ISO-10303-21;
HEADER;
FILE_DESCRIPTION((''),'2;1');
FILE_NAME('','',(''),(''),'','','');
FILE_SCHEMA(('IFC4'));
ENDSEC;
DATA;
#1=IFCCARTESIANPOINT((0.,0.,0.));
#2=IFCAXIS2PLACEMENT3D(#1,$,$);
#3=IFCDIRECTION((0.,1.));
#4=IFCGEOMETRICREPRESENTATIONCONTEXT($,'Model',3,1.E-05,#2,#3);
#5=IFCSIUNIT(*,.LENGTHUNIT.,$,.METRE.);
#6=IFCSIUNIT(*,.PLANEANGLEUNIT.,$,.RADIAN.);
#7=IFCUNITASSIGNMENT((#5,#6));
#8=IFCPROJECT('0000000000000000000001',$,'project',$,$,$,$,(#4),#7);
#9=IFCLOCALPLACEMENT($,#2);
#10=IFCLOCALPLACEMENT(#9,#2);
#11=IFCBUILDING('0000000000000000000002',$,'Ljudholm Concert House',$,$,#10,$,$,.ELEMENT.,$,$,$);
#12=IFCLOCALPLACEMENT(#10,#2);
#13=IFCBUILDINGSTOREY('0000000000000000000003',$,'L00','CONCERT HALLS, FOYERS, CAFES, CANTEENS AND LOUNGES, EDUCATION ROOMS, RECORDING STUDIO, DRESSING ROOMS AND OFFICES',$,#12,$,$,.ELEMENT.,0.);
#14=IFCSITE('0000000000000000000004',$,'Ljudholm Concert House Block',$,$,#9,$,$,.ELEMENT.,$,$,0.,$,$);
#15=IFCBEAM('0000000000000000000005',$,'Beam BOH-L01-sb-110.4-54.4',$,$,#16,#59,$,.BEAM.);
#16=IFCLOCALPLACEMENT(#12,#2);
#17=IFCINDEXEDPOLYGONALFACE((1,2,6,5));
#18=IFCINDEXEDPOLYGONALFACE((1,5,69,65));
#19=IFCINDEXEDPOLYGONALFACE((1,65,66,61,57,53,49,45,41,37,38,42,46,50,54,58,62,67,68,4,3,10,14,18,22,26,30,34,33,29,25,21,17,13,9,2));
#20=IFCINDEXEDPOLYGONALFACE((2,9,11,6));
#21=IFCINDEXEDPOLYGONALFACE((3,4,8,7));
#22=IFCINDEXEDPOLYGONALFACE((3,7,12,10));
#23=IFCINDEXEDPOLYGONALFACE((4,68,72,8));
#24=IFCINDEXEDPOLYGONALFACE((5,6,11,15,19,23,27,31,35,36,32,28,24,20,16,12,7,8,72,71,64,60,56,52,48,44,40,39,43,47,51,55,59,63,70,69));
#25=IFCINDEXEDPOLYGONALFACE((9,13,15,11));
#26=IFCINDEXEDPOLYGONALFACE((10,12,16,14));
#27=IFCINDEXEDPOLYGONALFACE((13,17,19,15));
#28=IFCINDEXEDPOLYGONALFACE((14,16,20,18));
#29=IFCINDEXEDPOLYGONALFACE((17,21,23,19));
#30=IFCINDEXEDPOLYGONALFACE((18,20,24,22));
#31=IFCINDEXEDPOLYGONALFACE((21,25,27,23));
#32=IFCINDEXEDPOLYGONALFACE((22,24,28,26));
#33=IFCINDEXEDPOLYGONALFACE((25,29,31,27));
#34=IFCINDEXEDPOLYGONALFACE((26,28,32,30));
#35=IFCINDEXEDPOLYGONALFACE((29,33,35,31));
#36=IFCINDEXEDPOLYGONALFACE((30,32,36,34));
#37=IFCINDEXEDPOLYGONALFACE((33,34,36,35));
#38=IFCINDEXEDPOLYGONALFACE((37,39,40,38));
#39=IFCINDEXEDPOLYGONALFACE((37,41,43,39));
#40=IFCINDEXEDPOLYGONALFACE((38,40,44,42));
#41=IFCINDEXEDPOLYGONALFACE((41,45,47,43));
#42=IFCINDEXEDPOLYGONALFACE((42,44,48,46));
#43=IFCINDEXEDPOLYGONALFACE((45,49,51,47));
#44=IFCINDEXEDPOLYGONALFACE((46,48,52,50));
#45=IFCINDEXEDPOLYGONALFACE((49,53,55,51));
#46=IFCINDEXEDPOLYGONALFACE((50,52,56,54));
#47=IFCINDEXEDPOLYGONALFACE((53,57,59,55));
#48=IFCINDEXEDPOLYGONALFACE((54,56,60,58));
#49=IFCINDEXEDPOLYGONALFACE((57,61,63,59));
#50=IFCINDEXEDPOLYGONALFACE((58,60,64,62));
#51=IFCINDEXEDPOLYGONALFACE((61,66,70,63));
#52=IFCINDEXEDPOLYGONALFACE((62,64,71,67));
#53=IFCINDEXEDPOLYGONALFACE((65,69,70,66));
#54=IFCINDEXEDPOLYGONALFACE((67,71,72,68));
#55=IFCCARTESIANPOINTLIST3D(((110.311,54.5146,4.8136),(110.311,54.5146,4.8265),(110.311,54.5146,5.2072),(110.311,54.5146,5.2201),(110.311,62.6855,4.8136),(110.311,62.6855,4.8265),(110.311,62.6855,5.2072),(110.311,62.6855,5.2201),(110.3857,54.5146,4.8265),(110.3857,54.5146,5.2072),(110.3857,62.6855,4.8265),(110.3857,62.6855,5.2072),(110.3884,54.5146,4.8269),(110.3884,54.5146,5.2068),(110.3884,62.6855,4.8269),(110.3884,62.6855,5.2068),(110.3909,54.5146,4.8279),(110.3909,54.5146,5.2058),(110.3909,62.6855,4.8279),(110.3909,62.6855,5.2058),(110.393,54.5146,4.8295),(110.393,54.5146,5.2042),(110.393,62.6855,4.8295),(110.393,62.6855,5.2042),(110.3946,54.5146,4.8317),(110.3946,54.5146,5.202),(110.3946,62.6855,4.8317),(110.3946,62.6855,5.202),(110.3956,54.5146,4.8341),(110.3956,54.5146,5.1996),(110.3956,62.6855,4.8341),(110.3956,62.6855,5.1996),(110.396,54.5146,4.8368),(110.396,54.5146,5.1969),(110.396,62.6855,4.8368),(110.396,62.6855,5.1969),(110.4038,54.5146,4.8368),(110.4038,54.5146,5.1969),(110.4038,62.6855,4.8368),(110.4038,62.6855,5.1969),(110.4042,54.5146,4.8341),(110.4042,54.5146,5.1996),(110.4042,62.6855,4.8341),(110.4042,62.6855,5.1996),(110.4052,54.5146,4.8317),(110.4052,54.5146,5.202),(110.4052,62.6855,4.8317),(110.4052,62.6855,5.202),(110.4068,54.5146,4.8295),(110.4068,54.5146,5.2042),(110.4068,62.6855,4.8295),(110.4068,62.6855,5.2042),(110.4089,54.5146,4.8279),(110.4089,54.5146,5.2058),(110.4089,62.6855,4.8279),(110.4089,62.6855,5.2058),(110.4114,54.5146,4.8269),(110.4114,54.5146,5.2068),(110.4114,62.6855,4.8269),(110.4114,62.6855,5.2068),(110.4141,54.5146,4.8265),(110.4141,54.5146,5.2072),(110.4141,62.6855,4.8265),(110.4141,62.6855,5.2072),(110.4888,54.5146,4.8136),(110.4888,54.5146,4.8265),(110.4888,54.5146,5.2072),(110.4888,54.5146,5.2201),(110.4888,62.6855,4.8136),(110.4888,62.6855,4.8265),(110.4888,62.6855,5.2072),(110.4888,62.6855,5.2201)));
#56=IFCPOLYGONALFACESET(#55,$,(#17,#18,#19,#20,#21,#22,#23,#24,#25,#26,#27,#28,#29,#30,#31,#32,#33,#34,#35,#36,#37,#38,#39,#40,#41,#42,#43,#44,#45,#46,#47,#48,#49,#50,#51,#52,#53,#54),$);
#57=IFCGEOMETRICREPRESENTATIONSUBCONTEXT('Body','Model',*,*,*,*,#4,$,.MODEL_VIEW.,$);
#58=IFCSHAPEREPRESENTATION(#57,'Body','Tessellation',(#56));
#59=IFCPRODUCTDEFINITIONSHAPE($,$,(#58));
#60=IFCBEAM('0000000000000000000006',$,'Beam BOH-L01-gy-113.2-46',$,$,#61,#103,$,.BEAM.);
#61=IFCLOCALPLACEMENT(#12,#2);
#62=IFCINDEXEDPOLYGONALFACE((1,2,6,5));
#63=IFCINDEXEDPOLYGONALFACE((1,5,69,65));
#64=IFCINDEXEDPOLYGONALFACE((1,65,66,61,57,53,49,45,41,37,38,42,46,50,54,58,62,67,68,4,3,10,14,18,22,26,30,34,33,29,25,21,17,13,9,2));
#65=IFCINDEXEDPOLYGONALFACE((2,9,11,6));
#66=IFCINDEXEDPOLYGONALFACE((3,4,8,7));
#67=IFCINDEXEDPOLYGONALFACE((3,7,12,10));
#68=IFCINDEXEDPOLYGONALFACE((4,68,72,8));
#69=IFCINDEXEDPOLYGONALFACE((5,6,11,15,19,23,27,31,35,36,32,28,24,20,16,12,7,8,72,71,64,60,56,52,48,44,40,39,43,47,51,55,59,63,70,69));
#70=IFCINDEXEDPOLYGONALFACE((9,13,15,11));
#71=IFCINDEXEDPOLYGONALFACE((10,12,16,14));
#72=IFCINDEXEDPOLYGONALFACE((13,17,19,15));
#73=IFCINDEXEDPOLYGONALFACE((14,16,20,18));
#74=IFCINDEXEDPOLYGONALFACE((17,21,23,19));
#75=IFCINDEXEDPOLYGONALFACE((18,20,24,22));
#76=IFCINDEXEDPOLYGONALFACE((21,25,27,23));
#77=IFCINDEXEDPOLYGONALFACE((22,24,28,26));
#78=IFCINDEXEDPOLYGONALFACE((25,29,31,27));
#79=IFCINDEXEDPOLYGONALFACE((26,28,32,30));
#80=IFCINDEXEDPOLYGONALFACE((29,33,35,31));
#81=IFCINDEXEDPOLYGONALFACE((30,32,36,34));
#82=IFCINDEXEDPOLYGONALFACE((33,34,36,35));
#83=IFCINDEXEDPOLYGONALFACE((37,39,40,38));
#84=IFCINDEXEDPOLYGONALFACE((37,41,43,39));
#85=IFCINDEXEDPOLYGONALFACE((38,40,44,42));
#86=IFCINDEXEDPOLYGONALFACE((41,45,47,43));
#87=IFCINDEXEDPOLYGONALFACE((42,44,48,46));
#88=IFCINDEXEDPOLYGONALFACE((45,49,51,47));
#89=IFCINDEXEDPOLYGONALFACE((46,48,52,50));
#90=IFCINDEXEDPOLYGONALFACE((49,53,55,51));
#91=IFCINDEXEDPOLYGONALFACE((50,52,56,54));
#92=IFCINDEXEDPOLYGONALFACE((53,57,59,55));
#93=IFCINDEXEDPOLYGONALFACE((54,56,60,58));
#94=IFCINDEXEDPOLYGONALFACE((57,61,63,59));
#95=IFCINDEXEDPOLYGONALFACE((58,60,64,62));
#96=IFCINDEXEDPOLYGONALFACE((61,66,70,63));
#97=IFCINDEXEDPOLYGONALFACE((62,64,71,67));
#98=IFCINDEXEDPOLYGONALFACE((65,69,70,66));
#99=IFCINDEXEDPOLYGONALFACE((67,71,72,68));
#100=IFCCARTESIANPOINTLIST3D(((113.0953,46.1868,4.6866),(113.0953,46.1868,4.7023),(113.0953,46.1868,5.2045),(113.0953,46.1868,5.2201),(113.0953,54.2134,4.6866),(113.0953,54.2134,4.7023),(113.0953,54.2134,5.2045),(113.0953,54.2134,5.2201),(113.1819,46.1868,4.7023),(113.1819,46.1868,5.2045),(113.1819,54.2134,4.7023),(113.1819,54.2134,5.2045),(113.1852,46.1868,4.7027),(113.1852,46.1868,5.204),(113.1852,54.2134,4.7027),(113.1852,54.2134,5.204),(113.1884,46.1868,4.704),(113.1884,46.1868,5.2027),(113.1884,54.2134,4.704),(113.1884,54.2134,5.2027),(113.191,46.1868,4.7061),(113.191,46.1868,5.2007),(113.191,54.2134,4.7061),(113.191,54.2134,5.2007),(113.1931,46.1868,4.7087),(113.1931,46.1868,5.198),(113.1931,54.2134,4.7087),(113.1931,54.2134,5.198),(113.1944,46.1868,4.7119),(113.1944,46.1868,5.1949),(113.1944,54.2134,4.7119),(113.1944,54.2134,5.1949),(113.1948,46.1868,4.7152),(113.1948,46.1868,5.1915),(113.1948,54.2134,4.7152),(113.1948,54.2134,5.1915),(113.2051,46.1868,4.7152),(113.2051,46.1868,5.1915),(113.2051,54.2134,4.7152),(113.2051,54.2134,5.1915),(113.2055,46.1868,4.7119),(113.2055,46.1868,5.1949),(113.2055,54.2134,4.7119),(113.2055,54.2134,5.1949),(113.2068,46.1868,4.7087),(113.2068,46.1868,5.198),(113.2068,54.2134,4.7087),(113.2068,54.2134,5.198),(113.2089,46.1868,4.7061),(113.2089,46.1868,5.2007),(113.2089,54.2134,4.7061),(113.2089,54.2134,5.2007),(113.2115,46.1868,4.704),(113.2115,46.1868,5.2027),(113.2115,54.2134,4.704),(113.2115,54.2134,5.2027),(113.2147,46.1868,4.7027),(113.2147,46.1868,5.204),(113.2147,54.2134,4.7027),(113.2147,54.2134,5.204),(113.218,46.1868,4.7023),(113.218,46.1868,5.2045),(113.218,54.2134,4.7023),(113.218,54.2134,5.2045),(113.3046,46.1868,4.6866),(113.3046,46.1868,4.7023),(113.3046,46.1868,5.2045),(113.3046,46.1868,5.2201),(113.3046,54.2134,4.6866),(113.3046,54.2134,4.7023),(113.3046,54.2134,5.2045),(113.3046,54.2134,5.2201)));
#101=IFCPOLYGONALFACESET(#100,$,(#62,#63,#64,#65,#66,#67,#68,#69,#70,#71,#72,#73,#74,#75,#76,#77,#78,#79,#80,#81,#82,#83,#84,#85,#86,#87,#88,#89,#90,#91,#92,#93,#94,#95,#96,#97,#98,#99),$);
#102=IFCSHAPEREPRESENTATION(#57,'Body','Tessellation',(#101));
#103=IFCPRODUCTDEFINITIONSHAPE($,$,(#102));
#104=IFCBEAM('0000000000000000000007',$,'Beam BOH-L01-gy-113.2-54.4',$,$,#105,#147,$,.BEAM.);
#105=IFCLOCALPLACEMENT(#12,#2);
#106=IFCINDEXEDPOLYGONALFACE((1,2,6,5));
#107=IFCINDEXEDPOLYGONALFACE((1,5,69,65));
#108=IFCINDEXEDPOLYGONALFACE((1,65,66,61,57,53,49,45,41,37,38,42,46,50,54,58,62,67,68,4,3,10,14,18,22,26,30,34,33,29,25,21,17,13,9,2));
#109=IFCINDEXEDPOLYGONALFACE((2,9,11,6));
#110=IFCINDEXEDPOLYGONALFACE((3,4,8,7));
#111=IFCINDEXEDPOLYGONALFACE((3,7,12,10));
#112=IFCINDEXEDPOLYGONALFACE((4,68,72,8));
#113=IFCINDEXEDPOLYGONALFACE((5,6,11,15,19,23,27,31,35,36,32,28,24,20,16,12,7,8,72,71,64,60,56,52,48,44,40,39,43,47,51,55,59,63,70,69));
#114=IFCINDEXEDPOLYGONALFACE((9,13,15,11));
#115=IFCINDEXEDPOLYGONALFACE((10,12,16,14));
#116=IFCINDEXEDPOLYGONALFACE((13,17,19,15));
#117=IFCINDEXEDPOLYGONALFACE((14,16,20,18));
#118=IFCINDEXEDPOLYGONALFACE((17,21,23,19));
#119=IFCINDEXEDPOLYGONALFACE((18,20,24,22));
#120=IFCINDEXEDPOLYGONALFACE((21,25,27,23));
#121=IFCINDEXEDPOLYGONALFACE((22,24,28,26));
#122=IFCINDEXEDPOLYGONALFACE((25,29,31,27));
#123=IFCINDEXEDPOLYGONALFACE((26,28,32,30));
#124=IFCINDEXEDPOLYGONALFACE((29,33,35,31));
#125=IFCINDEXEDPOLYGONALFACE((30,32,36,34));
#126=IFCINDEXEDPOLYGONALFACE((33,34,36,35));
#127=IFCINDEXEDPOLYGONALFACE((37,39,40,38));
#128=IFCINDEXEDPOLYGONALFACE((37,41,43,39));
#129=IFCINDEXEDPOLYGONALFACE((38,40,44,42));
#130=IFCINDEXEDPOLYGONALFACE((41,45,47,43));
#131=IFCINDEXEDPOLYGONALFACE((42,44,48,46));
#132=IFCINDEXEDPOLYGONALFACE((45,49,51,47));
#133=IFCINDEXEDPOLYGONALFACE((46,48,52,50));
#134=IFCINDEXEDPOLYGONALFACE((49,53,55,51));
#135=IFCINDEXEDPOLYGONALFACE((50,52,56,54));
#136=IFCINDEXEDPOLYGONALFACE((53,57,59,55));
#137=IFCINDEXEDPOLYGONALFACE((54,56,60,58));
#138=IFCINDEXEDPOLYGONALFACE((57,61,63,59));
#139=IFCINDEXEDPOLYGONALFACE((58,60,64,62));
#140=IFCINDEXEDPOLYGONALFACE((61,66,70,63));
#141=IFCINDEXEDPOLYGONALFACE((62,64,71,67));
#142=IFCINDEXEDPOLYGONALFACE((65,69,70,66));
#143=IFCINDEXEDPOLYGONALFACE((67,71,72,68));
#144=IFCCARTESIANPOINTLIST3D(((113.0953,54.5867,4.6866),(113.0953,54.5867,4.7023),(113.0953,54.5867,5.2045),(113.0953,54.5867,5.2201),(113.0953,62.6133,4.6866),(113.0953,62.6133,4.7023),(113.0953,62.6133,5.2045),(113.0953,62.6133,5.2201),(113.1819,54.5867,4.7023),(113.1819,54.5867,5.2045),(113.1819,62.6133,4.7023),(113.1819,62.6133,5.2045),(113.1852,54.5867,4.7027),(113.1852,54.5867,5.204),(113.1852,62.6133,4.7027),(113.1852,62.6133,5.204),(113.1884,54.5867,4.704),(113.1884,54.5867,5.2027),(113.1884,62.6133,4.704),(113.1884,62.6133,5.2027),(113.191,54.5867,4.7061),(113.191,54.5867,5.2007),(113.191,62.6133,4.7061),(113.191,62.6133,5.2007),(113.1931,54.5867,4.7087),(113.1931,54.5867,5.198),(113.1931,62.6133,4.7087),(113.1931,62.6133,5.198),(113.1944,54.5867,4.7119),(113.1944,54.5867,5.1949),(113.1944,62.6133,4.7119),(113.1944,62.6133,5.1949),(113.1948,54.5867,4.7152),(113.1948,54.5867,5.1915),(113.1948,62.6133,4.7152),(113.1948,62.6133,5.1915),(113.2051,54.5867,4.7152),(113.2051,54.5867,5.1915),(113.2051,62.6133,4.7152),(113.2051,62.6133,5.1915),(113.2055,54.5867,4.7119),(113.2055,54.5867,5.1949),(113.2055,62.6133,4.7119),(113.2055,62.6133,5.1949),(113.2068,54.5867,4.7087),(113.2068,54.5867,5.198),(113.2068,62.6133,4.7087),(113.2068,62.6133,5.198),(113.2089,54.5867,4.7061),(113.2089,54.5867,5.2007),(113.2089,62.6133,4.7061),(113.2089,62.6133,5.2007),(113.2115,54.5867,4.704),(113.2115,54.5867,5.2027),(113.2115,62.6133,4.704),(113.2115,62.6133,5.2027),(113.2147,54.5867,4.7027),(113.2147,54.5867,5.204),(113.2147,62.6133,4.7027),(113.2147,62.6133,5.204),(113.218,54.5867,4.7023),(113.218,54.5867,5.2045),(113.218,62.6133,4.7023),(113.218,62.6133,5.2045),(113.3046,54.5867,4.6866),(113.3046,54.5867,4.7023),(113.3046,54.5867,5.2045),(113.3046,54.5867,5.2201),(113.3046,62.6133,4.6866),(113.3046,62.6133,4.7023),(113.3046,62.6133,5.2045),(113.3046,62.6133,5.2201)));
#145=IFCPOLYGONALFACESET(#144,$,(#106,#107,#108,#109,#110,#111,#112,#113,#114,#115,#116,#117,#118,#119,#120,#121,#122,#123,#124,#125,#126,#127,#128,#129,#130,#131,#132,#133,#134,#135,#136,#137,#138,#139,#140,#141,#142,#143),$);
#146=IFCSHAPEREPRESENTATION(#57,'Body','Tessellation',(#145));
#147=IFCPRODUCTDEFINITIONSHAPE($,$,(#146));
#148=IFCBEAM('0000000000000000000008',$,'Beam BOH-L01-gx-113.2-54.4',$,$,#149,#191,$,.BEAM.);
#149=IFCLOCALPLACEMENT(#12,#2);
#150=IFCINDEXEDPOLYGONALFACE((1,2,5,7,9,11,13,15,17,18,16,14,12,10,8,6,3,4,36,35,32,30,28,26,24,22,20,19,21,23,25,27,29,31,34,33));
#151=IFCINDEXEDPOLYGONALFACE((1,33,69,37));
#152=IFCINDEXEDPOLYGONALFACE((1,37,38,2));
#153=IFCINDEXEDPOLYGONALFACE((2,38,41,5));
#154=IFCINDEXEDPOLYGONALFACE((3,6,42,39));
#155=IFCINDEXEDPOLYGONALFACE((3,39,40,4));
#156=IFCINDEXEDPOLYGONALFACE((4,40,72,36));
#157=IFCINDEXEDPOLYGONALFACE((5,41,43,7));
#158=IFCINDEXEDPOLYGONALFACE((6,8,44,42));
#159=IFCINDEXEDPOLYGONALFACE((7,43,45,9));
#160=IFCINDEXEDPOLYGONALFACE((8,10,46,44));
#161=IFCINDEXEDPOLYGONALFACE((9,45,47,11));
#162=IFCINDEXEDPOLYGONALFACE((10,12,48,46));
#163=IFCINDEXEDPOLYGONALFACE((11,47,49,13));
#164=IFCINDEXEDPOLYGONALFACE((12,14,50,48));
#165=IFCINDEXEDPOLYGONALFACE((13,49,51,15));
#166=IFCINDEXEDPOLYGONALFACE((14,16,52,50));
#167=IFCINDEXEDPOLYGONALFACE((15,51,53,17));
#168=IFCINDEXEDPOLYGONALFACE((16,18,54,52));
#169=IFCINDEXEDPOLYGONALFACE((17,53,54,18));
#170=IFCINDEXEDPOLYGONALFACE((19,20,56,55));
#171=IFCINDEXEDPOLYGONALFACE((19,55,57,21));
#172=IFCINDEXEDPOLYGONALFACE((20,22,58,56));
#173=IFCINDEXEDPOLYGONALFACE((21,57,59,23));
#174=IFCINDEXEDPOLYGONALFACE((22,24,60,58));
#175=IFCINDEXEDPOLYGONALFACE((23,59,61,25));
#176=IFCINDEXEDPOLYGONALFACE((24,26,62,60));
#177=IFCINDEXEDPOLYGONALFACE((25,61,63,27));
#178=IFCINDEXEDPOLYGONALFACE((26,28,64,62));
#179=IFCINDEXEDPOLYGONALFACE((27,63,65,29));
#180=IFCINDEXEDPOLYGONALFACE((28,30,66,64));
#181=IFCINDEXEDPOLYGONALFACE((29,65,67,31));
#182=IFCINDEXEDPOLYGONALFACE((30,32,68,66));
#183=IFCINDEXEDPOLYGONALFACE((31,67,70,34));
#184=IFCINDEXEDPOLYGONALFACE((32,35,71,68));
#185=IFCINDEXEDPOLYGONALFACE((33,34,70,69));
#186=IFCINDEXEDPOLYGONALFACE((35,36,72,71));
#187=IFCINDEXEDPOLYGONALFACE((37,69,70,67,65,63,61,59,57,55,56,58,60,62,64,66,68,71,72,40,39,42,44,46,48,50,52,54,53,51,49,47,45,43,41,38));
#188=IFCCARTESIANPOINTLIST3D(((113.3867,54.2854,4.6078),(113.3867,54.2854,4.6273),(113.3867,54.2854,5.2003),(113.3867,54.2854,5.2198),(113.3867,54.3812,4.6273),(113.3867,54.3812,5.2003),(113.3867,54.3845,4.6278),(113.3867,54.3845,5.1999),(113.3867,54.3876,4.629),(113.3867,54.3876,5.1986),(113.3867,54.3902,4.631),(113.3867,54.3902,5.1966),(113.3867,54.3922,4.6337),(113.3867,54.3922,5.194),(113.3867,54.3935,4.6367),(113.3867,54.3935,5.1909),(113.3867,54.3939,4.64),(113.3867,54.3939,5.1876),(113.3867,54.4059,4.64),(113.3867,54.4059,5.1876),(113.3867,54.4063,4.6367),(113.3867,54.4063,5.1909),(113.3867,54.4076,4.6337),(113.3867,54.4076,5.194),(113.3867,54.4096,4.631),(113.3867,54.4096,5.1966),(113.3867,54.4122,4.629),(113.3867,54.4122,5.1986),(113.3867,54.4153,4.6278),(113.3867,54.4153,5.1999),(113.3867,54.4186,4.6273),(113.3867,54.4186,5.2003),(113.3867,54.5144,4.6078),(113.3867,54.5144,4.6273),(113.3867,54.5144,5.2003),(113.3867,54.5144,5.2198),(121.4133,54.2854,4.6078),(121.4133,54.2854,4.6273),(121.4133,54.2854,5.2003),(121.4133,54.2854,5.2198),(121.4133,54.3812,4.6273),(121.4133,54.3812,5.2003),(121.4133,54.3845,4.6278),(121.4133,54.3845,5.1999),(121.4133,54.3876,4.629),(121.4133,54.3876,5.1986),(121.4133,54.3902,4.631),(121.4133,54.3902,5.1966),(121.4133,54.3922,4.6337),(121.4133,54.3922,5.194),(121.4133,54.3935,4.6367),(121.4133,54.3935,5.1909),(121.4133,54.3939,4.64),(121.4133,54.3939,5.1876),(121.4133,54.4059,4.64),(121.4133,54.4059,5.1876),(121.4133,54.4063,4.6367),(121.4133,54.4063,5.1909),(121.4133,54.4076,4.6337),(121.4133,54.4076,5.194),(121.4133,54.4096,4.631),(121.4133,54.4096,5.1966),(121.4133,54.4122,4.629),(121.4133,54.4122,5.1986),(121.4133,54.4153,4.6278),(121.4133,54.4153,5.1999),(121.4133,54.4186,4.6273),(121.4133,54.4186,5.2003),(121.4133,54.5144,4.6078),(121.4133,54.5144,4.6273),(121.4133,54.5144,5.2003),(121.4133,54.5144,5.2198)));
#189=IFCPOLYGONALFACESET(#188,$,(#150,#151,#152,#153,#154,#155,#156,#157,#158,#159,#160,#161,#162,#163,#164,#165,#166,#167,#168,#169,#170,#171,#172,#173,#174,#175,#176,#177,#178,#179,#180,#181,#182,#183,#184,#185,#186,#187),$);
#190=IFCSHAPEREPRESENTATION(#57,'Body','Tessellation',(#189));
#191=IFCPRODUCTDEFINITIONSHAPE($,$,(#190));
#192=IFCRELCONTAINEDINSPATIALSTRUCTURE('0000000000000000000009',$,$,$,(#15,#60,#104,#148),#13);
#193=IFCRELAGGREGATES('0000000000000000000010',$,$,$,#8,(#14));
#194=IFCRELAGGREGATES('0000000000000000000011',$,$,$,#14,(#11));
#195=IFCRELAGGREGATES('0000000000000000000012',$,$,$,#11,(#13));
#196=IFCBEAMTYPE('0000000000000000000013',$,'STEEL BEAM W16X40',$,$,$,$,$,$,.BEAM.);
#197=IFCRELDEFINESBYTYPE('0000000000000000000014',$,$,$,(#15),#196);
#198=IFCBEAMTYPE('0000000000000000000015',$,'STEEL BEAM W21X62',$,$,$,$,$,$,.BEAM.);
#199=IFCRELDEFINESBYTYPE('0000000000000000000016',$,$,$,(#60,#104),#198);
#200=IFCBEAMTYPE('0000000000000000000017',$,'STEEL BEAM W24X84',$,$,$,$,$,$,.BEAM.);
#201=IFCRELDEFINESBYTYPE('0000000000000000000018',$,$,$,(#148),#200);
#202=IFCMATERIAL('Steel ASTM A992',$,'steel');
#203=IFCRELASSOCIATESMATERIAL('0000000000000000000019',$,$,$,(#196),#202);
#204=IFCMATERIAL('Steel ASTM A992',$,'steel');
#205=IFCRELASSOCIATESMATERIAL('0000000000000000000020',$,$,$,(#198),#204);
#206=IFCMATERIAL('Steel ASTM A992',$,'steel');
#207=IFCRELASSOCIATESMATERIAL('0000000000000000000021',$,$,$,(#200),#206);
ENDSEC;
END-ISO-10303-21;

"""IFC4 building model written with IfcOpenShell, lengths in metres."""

from ifc_helpers import new_model, si_unit, direction, frame, origin, origin_2d, place, context, subcontext, project, spatial, i_section, extrude, material, material_profile, profile_set, type_object, element, save


model = new_model("IFC4")

# Units and contexts
model_context = context("Model", 3, precision=1e-05, world=origin(), true_north=direction((0.0, 1.0)))
body_context = subcontext(model_context, "Body", "Model", "MODEL_VIEW")
ifc_project = project(units=[si_unit("LENGTHUNIT", "METRE"), si_unit("PLANEANGLEUNIT", "RADIAN")], contexts=[model_context])

# Site, building, storey
site_placement = place(None, origin())
site = spatial("IfcSite", under=ifc_project, at=site_placement, Name="Ljudholm Concert House Block", CompositionType="ELEMENT", RefElevation=0.0)
building_placement = place(site_placement, origin())
building = spatial("IfcBuilding", under=site, at=building_placement, Name="Ljudholm Concert House", CompositionType="ELEMENT")
storey_placement = place(building_placement, origin())
storey = spatial("IfcBuildingStorey", under=building, at=storey_placement, Name="L00", Description="CONCERT HALLS, FOYERS, CAFES, CANTEENS AND LOUNGES, EDUCATION ROOMS, RECORDING STUDIO, DRESSING ROOMS AND OFFICES", CompositionType="ELEMENT", Elevation=0.0)

# Beams
ifc_material_1 = material(Name="Steel ASTM A992", Category="steel")
ifc_material_profile_1 = material_profile(ifc_material_1, i_section(OverallWidth=0.1777, OverallDepth=0.4065, WebThickness=0.0078, FlangeThickness=0.0129, FilletRadius=0.0103, at=origin_2d()), Name="W16X40")
ifc_profile_set_1 = profile_set([ifc_material_profile_1], Name="Steel ASTM A992")
beam_type_1 = type_object("IfcBeamType", Name="STEEL BEAM W16X40", PredefinedType="BEAM", material=ifc_profile_set_1)
for number, where, z_axis, x_axis, name in (
    (1, (110.3999, 54.5146, 5.0168), (0.0, 1.0, 0.0), (-1.0, 0.0, 0.0), "Beam BOH-L01-sb-110.4-54.4"),
):
    element("IfcBeam", number, at=place(storey_placement, frame(where, z_axis=z_axis, x_axis=x_axis)), inside=storey, type_object=beam_type_1, Name=name, PredefinedType="BEAM", context=body_context, shape_type="SweptSolid", body=[
        extrude(i_section(OverallWidth=0.1777, OverallDepth=0.4065, WebThickness=0.0078, FlangeThickness=0.0129, FilletRadius=0.0103, at=origin_2d()), origin(), (0.0, 0.0, 1.0), 8.1709),
    ])
ifc_material_2 = material(Name="Steel ASTM A992", Category="steel")
ifc_material_profile_2 = material_profile(ifc_material_2, i_section(OverallWidth=0.2092, OverallDepth=0.5334, WebThickness=0.0103, FlangeThickness=0.0156, FilletRadius=0.0129, at=origin_2d()), Name="W21X62")
ifc_profile_set_2 = profile_set([ifc_material_profile_2], Name="Steel ASTM A992")
beam_type_2 = type_object("IfcBeamType", Name="STEEL BEAM W21X62", PredefinedType="BEAM", material=ifc_profile_set_2)
for number, where, z_axis, x_axis, name in (
    (2, (113.2, 46.1868, 4.9534), (0.0, 1.0, 0.0), (-1.0, 0.0, 0.0), "Beam BOH-L01-gy-113.2-46"),
    (3, (113.2, 54.5867, 4.9534), (0.0, 1.0, 0.0), (-1.0, 0.0, 0.0), "Beam BOH-L01-gy-113.2-54.4"),
):
    element("IfcBeam", number, at=place(storey_placement, frame(where, z_axis=z_axis, x_axis=x_axis)), inside=storey, type_object=beam_type_2, Name=name, PredefinedType="BEAM", context=body_context, shape_type="SweptSolid", body=[
        extrude(i_section(OverallWidth=0.2092, OverallDepth=0.5334, WebThickness=0.0103, FlangeThickness=0.0156, FilletRadius=0.0129, at=origin_2d()), origin(), (0.0, 0.0, 1.0), 8.0266),
    ])
ifc_material_3 = material(Name="Steel ASTM A992", Category="steel")
ifc_material_profile_3 = material_profile(ifc_material_3, i_section(OverallWidth=0.229, OverallDepth=0.6121, WebThickness=0.012, FlangeThickness=0.0195, FilletRadius=0.0127, at=origin_2d()), Name="W24X84")
ifc_profile_set_3 = profile_set([ifc_material_profile_3], Name="Steel ASTM A992")
beam_type_3 = type_object("IfcBeamType", Name="STEEL BEAM W24X84", PredefinedType="BEAM", material=ifc_profile_set_3)
beam_placement = place(storey_placement, frame((113.3867, 54.3999, 4.9138), z_axis=(1.0, 0.0, 0.0), x_axis=(0.0, 1.0, 0.0)))
element("IfcBeam", 4, at=beam_placement, inside=storey, type_object=beam_type_3, Name="Beam BOH-L01-gx-113.2-54.4", PredefinedType="BEAM", context=body_context, shape_type="SweptSolid", body=[
    extrude(i_section(OverallWidth=0.229, OverallDepth=0.6121, WebThickness=0.012, FlangeThickness=0.0195, FilletRadius=0.0127, at=origin_2d()), origin(), (0.0, 0.0, 1.0), 8.0266),
])

save(model, "model.ifc")
